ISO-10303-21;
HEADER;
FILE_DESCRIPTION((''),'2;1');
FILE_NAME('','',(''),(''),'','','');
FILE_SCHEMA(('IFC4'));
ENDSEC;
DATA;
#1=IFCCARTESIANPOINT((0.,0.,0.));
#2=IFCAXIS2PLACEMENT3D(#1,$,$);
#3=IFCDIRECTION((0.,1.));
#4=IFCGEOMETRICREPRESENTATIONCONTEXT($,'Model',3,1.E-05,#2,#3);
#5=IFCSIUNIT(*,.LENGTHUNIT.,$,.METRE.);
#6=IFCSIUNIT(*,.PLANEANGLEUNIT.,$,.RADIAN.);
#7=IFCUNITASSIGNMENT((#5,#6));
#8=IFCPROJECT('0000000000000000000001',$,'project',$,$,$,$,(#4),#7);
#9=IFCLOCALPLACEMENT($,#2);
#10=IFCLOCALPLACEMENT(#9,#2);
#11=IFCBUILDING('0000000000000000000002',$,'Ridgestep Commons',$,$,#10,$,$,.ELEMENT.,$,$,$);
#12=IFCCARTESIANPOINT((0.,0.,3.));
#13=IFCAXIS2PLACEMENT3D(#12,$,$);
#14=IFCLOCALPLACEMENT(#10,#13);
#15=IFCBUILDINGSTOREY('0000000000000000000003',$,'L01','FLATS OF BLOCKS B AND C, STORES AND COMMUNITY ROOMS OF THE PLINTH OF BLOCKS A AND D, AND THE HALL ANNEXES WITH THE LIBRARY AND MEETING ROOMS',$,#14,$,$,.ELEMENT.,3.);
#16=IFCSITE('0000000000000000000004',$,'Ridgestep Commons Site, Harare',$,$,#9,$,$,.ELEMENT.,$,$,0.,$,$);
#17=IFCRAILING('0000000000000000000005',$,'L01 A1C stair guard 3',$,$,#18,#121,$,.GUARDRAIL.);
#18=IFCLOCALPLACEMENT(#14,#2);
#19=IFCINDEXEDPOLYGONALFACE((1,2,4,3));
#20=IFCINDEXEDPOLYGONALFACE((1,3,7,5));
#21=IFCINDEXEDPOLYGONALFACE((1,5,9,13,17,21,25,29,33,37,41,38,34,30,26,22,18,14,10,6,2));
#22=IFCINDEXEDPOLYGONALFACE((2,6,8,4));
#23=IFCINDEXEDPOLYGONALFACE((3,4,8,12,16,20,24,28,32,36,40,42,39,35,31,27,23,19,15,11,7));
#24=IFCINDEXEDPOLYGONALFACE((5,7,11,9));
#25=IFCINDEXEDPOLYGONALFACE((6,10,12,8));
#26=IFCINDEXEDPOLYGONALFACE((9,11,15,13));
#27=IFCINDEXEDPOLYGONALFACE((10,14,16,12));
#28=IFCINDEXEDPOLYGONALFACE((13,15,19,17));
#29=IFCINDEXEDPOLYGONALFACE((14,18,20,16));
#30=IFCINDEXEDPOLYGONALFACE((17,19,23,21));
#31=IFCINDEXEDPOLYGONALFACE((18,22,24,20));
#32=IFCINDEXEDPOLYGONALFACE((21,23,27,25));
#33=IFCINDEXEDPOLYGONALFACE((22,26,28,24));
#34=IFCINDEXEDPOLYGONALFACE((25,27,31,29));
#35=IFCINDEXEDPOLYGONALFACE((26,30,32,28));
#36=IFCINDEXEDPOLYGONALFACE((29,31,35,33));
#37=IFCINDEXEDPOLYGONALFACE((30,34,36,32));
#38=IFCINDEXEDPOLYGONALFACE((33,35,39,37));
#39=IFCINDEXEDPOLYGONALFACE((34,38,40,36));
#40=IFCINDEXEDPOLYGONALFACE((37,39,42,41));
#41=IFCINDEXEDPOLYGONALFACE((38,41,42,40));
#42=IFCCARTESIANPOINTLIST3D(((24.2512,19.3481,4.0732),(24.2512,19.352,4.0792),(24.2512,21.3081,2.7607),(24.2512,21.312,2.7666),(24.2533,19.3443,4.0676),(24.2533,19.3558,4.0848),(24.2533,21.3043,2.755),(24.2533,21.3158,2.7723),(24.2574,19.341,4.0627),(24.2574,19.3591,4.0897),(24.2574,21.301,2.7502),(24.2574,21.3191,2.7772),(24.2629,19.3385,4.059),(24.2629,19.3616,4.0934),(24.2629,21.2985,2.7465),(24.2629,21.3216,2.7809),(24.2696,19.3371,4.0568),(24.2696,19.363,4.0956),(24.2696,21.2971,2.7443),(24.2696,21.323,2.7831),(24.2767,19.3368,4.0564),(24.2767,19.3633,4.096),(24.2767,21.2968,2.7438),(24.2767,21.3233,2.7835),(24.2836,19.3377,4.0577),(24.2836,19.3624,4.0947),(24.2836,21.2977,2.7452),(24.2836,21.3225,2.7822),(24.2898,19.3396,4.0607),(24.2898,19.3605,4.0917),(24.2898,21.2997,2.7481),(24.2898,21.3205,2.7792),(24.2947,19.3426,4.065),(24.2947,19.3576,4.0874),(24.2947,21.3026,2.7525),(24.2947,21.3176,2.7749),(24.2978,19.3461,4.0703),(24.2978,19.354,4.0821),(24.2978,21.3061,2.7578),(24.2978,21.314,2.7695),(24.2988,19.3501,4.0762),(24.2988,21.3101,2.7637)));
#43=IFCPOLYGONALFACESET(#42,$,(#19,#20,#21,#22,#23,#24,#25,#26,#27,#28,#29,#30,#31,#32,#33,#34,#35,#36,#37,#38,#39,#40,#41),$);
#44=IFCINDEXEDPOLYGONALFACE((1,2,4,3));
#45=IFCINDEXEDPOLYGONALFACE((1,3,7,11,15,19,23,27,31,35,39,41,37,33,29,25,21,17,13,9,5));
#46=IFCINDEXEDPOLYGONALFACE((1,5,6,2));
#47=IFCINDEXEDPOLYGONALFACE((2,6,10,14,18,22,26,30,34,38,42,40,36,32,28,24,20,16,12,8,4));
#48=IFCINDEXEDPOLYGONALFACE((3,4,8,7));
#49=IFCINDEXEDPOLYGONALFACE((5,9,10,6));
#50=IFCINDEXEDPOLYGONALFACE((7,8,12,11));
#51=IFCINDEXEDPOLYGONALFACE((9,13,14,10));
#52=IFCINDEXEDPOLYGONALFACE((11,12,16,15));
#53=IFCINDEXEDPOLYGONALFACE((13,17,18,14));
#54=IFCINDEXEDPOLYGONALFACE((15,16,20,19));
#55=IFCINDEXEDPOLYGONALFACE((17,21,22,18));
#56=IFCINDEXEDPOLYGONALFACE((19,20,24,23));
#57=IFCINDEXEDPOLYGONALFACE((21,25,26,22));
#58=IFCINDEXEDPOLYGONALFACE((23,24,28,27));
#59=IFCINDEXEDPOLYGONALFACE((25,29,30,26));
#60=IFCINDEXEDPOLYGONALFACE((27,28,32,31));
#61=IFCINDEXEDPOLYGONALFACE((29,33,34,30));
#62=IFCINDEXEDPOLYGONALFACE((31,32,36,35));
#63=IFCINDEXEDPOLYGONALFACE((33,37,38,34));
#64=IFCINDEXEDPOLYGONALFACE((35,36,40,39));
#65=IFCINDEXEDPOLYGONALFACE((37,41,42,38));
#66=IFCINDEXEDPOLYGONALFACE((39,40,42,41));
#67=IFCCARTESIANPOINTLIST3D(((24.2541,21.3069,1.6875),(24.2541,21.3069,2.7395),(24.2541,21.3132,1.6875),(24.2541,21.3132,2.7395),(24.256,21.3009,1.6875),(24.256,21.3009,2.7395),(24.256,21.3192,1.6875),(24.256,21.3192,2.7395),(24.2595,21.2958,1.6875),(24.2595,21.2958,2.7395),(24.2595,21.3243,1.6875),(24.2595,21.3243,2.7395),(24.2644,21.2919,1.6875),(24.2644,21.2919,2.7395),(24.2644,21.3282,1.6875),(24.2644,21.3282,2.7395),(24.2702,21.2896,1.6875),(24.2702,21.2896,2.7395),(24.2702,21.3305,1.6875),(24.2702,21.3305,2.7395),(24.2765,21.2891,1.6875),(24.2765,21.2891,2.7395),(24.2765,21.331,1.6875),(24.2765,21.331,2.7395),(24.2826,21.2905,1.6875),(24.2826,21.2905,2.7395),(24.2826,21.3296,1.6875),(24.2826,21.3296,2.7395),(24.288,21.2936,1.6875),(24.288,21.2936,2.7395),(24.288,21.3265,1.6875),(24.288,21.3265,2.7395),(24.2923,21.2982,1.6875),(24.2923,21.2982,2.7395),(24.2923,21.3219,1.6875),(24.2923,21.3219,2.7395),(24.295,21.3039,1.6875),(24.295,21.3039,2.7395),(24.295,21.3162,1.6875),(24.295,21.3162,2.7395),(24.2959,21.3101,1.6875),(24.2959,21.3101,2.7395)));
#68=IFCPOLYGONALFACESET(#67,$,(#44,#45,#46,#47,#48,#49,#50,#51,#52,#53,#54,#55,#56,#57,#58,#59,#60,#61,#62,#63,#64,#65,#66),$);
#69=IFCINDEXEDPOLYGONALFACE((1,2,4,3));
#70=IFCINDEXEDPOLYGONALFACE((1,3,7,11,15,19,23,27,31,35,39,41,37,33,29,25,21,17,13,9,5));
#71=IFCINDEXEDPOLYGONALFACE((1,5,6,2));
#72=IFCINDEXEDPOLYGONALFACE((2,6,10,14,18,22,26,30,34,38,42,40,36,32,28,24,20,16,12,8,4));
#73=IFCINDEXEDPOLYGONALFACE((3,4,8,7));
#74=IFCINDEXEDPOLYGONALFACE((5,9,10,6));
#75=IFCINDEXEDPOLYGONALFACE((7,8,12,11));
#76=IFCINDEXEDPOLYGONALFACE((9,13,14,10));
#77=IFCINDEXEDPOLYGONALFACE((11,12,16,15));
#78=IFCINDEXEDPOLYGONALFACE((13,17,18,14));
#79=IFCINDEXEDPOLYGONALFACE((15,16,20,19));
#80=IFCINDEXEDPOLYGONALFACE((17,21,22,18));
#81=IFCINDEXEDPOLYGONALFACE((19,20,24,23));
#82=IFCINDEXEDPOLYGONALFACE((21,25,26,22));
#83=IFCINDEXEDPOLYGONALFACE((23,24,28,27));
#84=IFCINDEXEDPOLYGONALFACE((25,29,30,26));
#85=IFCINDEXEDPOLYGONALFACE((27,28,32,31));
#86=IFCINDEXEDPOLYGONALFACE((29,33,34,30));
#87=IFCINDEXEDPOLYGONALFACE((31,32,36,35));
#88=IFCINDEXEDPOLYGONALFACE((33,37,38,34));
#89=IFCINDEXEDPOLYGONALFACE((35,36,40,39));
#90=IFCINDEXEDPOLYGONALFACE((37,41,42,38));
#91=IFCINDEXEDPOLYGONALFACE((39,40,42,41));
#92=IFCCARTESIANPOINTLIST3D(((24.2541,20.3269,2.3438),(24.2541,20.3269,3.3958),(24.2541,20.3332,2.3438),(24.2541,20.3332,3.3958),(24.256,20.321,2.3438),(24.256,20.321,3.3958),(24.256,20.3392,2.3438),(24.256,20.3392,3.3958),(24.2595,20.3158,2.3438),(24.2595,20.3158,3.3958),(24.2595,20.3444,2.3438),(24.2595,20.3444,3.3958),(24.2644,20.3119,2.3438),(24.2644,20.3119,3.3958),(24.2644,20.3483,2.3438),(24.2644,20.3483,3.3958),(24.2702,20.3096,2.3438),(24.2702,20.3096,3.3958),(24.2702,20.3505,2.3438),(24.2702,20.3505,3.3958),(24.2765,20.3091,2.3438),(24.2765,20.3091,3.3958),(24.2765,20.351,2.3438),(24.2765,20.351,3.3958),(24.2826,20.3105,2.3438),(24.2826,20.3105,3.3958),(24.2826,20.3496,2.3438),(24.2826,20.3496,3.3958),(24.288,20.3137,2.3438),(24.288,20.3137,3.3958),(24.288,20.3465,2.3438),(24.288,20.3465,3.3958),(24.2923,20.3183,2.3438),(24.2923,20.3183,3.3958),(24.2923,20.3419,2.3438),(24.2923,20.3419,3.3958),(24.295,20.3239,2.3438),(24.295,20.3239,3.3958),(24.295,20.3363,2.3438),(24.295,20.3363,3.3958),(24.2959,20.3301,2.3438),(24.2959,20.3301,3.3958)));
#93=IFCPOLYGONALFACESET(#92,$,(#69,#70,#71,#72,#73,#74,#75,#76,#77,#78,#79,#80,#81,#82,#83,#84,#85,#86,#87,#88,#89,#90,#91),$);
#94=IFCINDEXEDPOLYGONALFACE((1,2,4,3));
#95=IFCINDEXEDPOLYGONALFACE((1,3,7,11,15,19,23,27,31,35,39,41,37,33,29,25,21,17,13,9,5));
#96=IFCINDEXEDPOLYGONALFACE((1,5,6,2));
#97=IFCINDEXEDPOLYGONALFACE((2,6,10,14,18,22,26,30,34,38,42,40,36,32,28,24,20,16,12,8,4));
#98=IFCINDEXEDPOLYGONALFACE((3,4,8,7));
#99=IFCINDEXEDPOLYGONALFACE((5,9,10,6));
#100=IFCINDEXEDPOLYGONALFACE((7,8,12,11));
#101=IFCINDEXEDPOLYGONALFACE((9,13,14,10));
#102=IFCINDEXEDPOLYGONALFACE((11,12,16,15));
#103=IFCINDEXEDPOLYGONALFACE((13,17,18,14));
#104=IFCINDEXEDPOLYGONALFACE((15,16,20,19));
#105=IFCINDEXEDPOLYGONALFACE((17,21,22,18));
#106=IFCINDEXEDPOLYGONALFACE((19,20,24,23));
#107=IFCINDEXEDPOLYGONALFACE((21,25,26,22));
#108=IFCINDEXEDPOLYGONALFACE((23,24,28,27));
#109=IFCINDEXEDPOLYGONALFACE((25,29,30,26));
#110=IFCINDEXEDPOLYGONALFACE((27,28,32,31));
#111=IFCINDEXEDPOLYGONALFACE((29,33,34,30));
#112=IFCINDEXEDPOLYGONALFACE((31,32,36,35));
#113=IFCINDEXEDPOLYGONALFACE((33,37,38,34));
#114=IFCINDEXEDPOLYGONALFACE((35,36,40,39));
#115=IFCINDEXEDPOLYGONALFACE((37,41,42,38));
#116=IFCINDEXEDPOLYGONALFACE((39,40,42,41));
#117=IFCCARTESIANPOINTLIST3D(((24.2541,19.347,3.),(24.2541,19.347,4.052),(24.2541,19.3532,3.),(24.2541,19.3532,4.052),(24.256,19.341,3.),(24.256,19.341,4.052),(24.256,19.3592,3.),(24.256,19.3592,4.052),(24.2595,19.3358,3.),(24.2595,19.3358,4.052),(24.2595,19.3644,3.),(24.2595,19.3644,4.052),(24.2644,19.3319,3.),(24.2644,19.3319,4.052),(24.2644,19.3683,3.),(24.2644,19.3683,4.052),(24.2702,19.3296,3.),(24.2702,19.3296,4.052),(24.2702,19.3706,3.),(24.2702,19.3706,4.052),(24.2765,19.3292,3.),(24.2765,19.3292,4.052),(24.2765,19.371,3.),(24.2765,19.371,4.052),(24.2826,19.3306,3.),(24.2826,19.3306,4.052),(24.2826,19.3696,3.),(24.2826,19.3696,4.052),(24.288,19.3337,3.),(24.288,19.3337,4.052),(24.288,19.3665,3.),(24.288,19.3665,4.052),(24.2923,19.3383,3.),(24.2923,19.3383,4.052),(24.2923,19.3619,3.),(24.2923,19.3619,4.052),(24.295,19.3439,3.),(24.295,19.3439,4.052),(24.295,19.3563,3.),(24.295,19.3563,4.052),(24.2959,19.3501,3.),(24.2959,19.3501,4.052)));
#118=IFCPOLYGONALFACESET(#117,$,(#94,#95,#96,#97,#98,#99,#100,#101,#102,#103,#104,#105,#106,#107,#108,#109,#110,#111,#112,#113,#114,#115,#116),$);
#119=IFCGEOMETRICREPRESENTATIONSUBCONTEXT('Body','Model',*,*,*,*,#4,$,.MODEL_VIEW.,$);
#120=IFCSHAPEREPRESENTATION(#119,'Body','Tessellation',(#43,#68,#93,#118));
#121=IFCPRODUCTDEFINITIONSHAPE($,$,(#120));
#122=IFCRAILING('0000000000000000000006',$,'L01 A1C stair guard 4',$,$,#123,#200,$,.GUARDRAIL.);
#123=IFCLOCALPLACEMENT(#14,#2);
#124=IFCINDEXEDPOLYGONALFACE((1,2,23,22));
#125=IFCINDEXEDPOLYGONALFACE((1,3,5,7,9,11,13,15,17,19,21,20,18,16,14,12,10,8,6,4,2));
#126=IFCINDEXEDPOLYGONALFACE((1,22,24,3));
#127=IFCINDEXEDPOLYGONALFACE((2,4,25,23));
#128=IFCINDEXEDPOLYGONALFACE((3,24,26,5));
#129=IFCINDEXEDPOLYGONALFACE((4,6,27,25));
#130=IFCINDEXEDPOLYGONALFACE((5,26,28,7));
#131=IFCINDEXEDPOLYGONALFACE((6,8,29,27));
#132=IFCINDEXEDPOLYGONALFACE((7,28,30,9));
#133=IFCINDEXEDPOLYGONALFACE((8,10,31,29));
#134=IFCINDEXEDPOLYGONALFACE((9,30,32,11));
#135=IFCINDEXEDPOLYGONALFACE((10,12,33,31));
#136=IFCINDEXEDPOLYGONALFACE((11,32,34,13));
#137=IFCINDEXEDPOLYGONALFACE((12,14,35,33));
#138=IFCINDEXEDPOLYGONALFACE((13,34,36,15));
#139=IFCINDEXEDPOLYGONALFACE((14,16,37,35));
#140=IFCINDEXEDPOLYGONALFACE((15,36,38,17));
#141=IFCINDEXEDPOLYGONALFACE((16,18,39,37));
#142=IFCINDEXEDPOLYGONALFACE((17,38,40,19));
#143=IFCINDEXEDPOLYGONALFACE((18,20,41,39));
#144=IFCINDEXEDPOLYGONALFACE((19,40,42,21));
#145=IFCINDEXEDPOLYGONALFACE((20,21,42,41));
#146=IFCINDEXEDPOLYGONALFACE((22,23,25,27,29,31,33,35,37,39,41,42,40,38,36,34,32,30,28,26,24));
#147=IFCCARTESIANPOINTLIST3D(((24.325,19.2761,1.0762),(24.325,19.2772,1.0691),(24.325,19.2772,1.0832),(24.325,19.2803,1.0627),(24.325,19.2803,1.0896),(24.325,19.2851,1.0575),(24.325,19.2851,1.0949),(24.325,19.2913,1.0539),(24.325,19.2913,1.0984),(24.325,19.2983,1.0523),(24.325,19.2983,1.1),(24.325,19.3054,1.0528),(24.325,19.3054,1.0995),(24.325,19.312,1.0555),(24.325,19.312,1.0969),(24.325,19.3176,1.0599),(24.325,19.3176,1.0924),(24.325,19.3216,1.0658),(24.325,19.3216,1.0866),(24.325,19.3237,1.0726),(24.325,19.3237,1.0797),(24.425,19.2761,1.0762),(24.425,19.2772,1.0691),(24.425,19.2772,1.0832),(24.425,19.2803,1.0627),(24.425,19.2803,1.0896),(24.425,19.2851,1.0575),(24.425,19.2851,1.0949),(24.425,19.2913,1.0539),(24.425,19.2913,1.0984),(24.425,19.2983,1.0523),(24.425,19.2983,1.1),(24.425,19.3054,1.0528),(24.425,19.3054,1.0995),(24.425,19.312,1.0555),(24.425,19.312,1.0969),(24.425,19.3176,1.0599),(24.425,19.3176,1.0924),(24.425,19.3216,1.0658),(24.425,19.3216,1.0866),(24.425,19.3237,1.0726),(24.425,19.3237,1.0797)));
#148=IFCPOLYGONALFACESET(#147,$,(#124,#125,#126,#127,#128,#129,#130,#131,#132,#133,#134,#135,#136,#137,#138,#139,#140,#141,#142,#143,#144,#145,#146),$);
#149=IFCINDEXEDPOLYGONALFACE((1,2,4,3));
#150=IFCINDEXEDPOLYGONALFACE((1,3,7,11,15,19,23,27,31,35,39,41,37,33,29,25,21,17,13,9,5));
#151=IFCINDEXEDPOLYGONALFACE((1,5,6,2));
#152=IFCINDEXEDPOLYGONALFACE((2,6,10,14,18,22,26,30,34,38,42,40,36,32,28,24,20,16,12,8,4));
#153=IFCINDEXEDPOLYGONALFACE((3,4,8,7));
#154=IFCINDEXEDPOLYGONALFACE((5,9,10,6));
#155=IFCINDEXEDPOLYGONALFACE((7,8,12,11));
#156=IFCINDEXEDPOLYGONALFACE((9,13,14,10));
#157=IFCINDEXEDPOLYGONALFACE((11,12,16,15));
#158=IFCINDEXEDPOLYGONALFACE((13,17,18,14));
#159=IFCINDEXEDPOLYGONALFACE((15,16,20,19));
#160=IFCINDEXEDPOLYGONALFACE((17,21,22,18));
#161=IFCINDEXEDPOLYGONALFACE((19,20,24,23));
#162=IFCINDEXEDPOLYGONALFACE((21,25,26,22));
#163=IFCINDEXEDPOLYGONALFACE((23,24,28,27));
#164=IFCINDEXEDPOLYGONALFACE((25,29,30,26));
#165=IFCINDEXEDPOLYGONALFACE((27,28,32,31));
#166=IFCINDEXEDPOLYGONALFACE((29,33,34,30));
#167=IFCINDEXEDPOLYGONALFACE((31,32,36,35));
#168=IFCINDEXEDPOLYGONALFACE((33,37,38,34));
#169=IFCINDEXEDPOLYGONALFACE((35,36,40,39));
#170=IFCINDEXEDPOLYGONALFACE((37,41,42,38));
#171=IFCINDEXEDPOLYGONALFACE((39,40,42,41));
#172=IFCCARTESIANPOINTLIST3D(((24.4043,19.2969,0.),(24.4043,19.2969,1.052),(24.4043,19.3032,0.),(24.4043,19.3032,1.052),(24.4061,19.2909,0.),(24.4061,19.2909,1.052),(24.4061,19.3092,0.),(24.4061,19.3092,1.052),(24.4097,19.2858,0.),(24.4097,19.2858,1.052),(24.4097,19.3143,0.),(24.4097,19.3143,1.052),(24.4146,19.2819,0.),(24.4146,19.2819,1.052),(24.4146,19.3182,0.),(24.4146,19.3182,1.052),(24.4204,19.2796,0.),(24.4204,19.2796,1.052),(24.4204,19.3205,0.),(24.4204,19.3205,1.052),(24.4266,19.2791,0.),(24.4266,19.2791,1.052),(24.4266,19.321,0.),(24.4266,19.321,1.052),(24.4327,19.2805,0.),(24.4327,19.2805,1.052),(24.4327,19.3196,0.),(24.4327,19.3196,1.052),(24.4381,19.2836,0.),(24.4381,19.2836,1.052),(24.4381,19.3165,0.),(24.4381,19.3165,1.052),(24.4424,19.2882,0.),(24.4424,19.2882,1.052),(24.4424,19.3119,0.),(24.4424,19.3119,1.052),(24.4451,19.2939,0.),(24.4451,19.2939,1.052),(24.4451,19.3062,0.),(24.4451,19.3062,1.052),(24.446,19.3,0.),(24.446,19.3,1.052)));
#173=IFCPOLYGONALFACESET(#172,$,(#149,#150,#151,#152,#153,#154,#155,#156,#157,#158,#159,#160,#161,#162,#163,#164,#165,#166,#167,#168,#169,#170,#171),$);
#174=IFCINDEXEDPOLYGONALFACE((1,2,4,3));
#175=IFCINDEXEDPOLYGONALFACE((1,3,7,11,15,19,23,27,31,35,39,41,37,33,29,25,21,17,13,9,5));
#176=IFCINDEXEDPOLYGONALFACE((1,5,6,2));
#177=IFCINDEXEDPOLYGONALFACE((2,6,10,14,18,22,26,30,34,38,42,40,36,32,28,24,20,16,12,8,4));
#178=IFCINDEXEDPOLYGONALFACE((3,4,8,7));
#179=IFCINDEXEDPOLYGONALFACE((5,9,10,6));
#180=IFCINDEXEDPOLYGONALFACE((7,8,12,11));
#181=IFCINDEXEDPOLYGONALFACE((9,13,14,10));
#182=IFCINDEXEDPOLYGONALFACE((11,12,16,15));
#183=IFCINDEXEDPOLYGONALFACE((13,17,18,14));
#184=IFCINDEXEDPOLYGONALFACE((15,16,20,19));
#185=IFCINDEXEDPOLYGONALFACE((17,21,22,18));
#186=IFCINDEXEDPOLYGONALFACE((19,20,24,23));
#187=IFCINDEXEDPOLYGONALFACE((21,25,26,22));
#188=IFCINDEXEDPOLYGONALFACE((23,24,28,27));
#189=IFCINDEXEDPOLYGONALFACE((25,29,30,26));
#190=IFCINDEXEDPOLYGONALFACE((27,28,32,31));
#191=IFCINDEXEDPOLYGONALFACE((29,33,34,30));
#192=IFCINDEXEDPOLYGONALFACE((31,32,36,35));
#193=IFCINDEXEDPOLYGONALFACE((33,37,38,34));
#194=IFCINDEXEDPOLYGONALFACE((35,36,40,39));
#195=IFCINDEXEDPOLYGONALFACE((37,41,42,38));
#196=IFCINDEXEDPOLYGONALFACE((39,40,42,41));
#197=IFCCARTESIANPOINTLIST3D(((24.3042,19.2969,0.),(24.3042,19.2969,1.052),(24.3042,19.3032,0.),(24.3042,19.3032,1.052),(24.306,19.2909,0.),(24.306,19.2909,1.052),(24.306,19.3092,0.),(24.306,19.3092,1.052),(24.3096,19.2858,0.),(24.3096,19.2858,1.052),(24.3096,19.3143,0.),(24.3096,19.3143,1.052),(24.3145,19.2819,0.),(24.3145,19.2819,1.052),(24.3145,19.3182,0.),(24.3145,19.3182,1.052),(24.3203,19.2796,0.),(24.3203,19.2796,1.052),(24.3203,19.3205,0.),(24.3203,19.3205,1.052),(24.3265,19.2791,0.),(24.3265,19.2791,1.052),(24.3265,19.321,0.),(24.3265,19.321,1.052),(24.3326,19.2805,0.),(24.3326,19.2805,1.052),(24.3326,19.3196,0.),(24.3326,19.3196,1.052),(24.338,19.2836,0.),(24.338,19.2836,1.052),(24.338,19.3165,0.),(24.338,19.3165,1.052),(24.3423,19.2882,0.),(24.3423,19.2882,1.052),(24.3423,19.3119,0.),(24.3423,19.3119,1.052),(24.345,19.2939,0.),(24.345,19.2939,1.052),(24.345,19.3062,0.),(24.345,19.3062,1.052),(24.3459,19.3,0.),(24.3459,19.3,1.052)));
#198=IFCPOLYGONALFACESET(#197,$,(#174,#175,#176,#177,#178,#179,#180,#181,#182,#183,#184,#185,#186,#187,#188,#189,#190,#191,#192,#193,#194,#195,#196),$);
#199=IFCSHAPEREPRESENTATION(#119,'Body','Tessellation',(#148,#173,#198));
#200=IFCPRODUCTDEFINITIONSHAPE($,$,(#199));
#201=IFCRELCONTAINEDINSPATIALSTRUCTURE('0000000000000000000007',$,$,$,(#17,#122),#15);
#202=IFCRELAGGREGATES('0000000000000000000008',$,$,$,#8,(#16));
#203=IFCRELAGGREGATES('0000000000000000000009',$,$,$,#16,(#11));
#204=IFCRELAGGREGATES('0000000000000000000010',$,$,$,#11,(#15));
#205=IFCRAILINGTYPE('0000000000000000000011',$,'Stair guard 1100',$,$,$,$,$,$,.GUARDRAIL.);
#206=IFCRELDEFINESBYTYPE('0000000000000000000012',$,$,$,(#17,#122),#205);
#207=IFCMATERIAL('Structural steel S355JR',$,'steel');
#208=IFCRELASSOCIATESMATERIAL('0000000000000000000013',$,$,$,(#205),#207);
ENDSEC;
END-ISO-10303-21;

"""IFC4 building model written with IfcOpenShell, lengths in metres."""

from ifc_helpers import new_model, si_unit, direction, frame, origin, origin_2d, place, context, subcontext, project, spatial, circle, extrude, material, type_object, element, save


model = new_model("IFC4")

# Units and contexts
model_context = context("Model", 3, precision=1e-05, world=origin(), true_north=direction((0.0, 1.0)))
body_context = subcontext(model_context, "Body", "Model", "MODEL_VIEW")
ifc_project = project(units=[si_unit("LENGTHUNIT", "METRE"), si_unit("PLANEANGLEUNIT", "RADIAN")], contexts=[model_context])

# Site, building, storey
site_placement = place(None, origin())
site = spatial("IfcSite", under=ifc_project, at=site_placement, Name="Ridgestep Commons Site, Harare", CompositionType="ELEMENT", RefElevation=0.0)
building_placement = place(site_placement, origin())
building = spatial("IfcBuilding", under=site, at=building_placement, Name="Ridgestep Commons", CompositionType="ELEMENT")
storey_placement = place(building_placement, frame((0.0, 0.0, 3.0)))
storey = spatial("IfcBuildingStorey", under=building, at=storey_placement, Name="L01", Description="FLATS OF BLOCKS B AND C, STORES AND COMMUNITY ROOMS OF THE PLINTH OF BLOCKS A AND D, AND THE HALL ANNEXES WITH THE LIBRARY AND MEETING ROOMS", CompositionType="ELEMENT", Elevation=3.0)

# Railings
ifc_material_1 = material(Name="Structural steel S355JR", Category="steel")
railing_type_1 = type_object("IfcRailingType", Name="Stair guard 1100", PredefinedType="GUARDRAIL", material=ifc_material_1)
railing_1_placement = place(storey_placement, frame((24.2749, 21.3101, 1.6875)))
element("IfcRailing", 1, at=railing_1_placement, inside=storey, type_object=railing_type_1, Name="L01 A1C stair guard 3", PredefinedType="GUARDRAIL", context=body_context, shape_type="SweptSolid", body=[
    extrude(circle(Radius=0.0239, at=origin_2d()), frame((0.0, 0.0, 1.0762), z_axis=(0.0, -0.830902, 0.556419), x_axis=(1.0, 0.0, 0.0)), (0.0, 0.0, 1.0), 2.3589),
    extrude(circle(Radius=0.021, at=origin_2d()), origin(), (0.0, 0.0, 1.0), 1.052),
    extrude(circle(Radius=0.021, at=origin_2d()), frame((0.0, -0.98, 0.6562)), (0.0, 0.0, 1.0), 1.052),
    extrude(circle(Radius=0.021, at=origin_2d()), frame((0.0, -1.96, 1.3125)), (0.0, 0.0, 1.0), 1.052),
])
railing_2_placement = place(storey_placement, frame((24.425, 19.3, 0.0)))
element("IfcRailing", 2, at=railing_2_placement, inside=storey, type_object=railing_type_1, Name="L01 A1C stair guard 4", PredefinedType="GUARDRAIL", context=body_context, shape_type="SweptSolid", body=[
    extrude(circle(Radius=0.0239, at=origin_2d()), frame((0.0, 0.0, 1.0762), z_axis=(-1.0, 0.0, 0.0), x_axis=(0.0, -1.0, 0.0)), (0.0, 0.0, 1.0), 0.1001),
    extrude(circle(Radius=0.021, at=origin_2d()), origin(), (0.0, 0.0, 1.0), 1.052),
    extrude(circle(Radius=0.021, at=origin_2d()), frame((-0.1001, 0.0, 0.0)), (0.0, 0.0, 1.0), 1.052),
])

save(model, "model.ifc")
